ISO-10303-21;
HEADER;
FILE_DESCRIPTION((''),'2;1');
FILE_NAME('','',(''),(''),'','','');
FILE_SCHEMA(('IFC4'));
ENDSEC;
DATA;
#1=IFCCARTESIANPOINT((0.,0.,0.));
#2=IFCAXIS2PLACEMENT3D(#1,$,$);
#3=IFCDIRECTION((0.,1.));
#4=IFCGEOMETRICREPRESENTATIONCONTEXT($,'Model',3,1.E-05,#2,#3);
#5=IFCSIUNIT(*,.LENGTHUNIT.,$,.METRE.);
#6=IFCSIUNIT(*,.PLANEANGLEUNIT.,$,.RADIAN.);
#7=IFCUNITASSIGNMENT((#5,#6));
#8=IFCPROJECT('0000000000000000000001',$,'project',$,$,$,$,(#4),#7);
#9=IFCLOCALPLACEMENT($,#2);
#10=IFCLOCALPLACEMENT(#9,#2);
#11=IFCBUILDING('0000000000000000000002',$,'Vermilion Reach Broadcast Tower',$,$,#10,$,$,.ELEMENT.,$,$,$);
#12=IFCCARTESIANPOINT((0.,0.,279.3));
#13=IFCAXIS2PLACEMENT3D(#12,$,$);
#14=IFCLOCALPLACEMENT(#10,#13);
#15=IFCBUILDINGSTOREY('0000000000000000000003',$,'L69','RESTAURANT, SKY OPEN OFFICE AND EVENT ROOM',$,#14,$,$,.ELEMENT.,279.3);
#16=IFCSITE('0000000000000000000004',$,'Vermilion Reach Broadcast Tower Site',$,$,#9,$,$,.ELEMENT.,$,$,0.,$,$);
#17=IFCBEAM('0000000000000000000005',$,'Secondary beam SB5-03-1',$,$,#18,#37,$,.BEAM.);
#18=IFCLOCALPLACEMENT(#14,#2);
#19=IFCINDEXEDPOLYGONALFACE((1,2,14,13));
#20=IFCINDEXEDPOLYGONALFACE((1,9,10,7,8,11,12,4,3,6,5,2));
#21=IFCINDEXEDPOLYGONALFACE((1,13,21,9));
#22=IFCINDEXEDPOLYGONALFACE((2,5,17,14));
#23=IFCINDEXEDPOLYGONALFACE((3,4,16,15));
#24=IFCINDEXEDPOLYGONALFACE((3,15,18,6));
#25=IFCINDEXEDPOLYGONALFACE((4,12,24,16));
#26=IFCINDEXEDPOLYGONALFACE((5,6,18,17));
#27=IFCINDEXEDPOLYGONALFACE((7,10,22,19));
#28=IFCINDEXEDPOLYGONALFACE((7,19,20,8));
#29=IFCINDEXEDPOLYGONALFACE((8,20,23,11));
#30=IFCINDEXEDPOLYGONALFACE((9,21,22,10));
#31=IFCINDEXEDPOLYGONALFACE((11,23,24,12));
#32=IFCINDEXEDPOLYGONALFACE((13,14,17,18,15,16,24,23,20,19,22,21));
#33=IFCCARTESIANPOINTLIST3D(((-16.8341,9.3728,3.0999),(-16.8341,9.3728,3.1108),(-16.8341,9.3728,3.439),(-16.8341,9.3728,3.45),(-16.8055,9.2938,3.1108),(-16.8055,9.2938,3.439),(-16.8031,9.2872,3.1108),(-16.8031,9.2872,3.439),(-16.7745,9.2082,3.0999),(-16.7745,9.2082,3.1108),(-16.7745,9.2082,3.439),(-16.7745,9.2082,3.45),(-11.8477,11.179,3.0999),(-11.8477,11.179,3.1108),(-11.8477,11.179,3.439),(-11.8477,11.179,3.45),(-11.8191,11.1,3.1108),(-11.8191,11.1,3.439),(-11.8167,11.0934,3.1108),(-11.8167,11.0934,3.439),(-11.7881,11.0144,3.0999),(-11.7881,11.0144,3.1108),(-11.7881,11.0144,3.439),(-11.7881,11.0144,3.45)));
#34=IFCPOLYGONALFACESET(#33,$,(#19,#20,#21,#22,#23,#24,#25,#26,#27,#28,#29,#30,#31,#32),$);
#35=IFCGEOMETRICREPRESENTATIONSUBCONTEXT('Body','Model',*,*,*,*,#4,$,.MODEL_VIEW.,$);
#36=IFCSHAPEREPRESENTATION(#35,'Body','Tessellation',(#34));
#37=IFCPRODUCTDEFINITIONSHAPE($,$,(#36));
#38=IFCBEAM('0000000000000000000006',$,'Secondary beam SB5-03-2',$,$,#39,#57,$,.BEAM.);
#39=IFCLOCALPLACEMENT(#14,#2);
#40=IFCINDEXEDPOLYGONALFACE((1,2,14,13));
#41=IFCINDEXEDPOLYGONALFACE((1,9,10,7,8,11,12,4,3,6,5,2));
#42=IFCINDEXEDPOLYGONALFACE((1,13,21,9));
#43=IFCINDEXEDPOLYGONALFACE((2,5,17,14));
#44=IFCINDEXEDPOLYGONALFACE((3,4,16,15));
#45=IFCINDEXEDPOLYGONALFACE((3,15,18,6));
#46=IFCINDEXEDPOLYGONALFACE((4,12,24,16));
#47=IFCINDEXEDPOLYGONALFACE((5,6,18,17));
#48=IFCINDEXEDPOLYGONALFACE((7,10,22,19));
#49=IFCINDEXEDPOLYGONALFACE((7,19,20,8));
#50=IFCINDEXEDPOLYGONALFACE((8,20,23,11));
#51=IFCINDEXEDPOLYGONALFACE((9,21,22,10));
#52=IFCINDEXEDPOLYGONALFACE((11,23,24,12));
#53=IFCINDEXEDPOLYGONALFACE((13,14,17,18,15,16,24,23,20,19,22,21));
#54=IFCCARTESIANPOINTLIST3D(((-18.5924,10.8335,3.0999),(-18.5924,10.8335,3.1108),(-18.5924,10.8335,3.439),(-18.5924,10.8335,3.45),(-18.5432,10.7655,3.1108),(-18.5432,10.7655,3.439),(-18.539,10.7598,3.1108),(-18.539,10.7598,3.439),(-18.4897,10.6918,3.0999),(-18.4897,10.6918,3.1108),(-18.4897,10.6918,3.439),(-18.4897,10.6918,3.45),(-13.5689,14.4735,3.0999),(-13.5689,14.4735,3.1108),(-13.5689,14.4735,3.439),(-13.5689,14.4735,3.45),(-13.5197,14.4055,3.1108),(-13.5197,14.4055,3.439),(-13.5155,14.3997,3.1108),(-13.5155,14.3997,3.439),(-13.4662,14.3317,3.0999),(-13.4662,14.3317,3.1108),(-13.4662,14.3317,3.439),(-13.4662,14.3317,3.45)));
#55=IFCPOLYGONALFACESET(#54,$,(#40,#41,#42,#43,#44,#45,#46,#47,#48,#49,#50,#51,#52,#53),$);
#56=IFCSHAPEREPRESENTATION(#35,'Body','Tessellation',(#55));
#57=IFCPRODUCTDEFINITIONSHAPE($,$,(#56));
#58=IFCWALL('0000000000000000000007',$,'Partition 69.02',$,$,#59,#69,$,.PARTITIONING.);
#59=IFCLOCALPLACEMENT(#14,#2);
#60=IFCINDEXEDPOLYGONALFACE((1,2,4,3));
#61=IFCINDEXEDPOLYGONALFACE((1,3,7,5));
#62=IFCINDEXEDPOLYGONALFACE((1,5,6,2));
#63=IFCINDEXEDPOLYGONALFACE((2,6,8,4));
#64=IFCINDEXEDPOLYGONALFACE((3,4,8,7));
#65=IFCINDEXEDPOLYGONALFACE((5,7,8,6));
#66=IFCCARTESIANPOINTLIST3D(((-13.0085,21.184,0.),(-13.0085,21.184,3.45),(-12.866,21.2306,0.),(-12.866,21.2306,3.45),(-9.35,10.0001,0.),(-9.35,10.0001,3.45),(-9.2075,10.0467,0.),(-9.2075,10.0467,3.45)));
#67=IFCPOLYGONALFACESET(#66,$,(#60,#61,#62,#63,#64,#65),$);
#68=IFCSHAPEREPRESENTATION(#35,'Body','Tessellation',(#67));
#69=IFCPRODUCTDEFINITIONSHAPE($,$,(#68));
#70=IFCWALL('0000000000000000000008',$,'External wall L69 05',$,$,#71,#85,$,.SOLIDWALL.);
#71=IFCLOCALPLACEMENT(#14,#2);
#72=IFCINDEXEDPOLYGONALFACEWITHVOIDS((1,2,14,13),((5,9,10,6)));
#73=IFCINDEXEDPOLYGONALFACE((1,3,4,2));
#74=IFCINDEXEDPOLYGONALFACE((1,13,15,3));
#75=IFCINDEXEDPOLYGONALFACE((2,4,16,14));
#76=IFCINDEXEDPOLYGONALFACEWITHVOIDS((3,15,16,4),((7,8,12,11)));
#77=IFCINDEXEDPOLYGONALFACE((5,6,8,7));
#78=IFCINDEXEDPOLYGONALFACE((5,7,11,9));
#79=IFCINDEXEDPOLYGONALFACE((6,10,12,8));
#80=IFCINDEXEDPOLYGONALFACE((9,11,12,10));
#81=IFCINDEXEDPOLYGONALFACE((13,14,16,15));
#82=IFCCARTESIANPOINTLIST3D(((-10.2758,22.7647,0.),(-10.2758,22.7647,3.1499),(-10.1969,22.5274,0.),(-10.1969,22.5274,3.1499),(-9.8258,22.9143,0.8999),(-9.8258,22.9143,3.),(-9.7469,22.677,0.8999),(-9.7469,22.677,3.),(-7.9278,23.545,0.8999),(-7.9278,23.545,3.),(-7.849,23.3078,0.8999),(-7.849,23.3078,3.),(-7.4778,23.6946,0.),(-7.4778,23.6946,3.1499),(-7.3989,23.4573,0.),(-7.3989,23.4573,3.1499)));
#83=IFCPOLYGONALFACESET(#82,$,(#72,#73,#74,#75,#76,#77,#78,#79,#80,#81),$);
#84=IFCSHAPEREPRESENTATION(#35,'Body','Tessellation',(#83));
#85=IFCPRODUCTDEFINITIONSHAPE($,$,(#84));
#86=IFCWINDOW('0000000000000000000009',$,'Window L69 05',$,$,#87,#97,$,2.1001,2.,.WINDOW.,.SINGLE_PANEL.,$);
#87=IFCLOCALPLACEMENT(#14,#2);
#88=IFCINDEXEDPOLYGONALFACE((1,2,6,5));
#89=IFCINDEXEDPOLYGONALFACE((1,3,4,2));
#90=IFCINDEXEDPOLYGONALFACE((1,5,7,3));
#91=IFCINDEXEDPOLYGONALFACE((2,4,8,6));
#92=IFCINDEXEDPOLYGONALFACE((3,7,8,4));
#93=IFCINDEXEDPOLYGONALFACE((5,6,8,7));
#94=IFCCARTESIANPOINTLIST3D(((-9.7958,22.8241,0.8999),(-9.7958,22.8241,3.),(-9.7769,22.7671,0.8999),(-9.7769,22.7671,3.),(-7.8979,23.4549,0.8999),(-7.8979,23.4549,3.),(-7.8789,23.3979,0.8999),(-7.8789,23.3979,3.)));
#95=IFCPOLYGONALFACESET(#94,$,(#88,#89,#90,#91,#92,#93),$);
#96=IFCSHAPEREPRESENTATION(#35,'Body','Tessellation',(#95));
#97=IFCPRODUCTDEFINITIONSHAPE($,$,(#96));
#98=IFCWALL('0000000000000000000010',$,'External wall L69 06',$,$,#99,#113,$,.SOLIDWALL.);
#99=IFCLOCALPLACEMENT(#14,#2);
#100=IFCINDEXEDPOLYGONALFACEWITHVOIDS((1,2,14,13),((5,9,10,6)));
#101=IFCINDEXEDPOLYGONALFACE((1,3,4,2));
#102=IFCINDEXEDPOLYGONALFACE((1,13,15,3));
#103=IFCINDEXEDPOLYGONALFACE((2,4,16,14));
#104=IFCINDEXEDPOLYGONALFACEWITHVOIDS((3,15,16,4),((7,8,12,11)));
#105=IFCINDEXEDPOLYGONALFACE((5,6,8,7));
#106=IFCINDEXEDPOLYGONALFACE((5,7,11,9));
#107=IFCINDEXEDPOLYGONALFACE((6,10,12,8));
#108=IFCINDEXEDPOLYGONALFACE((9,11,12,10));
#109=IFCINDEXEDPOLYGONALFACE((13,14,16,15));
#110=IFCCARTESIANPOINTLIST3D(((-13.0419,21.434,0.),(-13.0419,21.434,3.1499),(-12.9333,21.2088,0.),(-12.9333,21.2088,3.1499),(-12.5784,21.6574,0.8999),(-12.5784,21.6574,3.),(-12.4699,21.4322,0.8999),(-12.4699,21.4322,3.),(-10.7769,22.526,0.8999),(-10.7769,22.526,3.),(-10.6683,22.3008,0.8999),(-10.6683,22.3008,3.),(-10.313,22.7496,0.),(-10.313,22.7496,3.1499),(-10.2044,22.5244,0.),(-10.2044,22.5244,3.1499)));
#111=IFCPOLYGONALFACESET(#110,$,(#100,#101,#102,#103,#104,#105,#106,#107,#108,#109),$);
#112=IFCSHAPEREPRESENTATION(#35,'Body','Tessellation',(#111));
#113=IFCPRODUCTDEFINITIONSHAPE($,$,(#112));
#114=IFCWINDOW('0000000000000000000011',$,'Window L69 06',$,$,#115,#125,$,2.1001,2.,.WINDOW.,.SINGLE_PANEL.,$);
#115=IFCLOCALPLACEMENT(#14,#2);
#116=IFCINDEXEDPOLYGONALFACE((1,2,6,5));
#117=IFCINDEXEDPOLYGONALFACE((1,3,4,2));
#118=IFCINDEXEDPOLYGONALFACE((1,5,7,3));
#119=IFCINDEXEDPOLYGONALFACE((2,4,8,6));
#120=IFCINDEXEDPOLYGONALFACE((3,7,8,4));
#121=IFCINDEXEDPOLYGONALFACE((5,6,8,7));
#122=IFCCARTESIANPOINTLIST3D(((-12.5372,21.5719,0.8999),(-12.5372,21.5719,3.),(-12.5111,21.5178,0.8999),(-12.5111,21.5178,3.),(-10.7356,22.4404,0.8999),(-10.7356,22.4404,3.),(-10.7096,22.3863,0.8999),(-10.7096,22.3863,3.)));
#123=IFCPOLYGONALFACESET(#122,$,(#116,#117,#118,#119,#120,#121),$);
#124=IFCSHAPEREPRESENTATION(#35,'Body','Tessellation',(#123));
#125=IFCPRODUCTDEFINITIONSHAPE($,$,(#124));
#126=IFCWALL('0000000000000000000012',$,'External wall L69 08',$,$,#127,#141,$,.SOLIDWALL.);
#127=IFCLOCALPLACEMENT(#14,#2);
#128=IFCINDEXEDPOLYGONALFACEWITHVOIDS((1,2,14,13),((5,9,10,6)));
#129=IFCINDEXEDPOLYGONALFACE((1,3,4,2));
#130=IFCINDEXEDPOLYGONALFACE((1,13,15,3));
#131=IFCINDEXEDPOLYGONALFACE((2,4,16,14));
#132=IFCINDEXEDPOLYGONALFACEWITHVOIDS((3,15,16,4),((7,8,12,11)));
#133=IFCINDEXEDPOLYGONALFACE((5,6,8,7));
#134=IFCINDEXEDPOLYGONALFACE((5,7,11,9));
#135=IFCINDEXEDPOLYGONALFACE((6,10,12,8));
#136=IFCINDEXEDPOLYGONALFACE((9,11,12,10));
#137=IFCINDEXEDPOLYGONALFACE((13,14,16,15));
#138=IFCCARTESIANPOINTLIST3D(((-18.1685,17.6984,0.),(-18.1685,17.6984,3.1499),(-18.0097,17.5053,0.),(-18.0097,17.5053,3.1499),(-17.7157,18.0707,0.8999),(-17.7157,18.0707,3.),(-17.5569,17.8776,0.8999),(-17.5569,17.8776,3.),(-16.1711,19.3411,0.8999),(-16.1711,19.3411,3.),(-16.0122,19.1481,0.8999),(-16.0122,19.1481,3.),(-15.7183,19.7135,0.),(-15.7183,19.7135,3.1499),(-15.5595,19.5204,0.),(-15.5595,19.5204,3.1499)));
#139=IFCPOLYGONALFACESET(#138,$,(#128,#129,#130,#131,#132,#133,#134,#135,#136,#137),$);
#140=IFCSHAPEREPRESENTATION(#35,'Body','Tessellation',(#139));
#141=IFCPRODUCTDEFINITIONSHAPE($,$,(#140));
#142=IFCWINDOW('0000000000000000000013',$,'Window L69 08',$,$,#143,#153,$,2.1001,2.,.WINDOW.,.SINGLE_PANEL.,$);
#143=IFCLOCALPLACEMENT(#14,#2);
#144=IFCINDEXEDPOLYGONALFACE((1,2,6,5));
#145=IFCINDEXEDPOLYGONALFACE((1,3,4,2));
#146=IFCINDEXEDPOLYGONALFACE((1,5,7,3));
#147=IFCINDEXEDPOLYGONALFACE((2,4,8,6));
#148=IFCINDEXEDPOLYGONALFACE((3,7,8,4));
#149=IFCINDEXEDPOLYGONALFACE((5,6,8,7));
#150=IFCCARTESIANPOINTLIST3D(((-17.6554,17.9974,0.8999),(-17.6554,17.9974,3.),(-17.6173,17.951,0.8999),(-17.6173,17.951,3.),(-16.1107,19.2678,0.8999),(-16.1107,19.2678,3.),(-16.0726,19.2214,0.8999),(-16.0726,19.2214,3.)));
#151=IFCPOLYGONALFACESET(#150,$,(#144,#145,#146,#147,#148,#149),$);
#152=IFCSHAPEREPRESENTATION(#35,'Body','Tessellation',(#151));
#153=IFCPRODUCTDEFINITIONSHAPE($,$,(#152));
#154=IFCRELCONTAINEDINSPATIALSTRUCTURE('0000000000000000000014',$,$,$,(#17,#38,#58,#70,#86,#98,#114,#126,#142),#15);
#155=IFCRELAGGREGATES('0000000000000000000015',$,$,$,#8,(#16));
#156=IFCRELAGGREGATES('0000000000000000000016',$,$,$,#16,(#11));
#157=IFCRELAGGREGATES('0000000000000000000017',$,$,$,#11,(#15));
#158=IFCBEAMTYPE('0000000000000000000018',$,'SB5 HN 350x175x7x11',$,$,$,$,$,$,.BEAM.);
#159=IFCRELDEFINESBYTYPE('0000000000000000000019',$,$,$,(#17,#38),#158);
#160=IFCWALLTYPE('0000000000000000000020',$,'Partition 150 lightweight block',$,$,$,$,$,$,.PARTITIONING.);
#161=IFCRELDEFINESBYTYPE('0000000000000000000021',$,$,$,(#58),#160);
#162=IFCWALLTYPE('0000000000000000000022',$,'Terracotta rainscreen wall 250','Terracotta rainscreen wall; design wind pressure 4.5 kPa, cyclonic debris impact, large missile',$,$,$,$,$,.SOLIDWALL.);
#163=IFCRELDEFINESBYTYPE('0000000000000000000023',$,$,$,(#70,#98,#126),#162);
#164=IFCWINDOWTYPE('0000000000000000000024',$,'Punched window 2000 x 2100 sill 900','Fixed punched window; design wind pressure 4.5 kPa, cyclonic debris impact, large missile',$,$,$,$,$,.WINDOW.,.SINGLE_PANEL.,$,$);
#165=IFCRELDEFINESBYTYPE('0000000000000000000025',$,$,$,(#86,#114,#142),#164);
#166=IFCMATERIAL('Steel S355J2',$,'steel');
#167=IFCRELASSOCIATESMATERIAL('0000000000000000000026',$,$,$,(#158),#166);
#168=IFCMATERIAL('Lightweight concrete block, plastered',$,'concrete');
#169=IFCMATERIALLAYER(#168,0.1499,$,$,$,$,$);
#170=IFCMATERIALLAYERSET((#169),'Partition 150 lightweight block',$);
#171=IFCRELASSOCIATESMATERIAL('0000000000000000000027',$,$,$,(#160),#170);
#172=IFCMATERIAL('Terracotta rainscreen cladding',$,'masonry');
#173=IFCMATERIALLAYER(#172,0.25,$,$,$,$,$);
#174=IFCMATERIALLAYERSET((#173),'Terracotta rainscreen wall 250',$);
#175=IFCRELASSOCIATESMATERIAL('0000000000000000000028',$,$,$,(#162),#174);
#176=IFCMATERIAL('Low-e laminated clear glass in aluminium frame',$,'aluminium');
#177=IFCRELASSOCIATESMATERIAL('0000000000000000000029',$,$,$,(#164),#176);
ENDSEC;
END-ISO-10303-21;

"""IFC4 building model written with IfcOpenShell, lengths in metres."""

from ifc_helpers import new_model, si_unit, direction, frame, frame_2d, origin, origin_2d, place, context, subcontext, project, spatial, rectangle, i_section, extrude, material, layer, layer_set, material_profile, profile_set, type_object, element, fill, save


model = new_model("IFC4")

# Units and contexts
model_context = context("Model", 3, precision=1e-05, world=origin(), true_north=direction((0.0, 1.0)))
body_context = subcontext(model_context, "Body", "Model", "MODEL_VIEW")
ifc_project = project(units=[si_unit("LENGTHUNIT", "METRE"), si_unit("PLANEANGLEUNIT", "RADIAN")], contexts=[model_context])

# Site, building, storey
site_placement = place(None, origin())
site = spatial("IfcSite", under=ifc_project, at=site_placement, Name="Vermilion Reach Broadcast Tower Site", CompositionType="ELEMENT", RefElevation=0.0)
building_placement = place(site_placement, origin())
building = spatial("IfcBuilding", under=site, at=building_placement, Name="Vermilion Reach Broadcast Tower", CompositionType="ELEMENT")
storey_placement = place(building_placement, frame((0.0, 0.0, 279.3)))
storey = spatial("IfcBuildingStorey", under=building, at=storey_placement, Name="L69", Description="RESTAURANT, SKY OPEN OFFICE AND EVENT ROOM", CompositionType="ELEMENT", Elevation=279.3)

# Beams
ifc_material_1 = material(Name="Steel S355J2", Category="steel")
ifc_material_profile_1 = material_profile(ifc_material_1, i_section(OverallWidth=0.175, OverallDepth=0.3501, WebThickness=0.0071, FlangeThickness=0.011, at=origin_2d()), Name="S355J2 HN 350x175x7x11")
ifc_profile_set_1 = profile_set([ifc_material_profile_1], Name="Steel S355J2")
beam_type_1 = type_object("IfcBeamType", Name="SB5 HN 350x175x7x11", PredefinedType="BEAM", material=ifc_profile_set_1)
beam_1_placement = place(storey_placement, frame((-11.8179, 11.0967, 3.2749), z_axis=(-0.94022, -0.340567, 0.0), x_axis=(0.340567, -0.94022, 0.0)))
element("IfcBeam", 1, at=beam_1_placement, inside=storey, type_object=beam_type_1, Name="Secondary beam SB5-03-1", PredefinedType="BEAM", context=body_context, shape_type="SweptSolid", body=[
    extrude(i_section(OverallWidth=0.175, OverallDepth=0.3501, WebThickness=0.0071, FlangeThickness=0.011, at=origin_2d()), origin(), (0.0, 0.0, 1.0), 5.3035),
])
beam_2_placement = place(storey_placement, frame((-13.5176, 14.4026, 3.2749), z_axis=(-0.809771, -0.586746, 0.0), x_axis=(0.586746, -0.809771, 0.0)))
element("IfcBeam", 2, at=beam_2_placement, inside=storey, type_object=beam_type_1, Name="Secondary beam SB5-03-2", PredefinedType="BEAM", context=body_context, shape_type="SweptSolid", body=[
    extrude(i_section(OverallWidth=0.175, OverallDepth=0.3501, WebThickness=0.0071, FlangeThickness=0.011, at=origin_2d()), origin(), (0.0, 0.0, 1.0), 6.2036),
])

# Wall
ifc_material_2 = material(Name="Lightweight concrete block, plastered", Category="concrete")
ifc_layer_1 = layer(ifc_material_2, 0.1499)
ifc_layer_set_1 = layer_set([ifc_layer_1], Name="Partition 150 lightweight block")
wall_type_1 = type_object("IfcWallType", Name="Partition 150 lightweight block", PredefinedType="PARTITIONING", material=ifc_layer_set_1)
wall_1_placement = place(storey_placement, frame((-12.9373, 21.2073, 0.0), z_axis=(0.0, 0.0, 1.0), x_axis=(0.310907, -0.95044, 0.0)))
element("IfcWall", 3, at=wall_1_placement, inside=storey, type_object=wall_type_1, Name="Partition 69.02", PredefinedType="PARTITIONING", context=body_context, shape_type="SweptSolid", body=[
    extrude(rectangle(XDim=11.7671, YDim=0.1499, at=frame_2d((5.8835, 0.0))), origin(), (0.0, 0.0, 1.0), 3.45),
])

# Walls, openings, windows
ifc_material_3 = material(Name="Terracotta rainscreen cladding", Category="masonry")
ifc_layer_2 = layer(ifc_material_3, 0.25)
ifc_layer_set_2 = layer_set([ifc_layer_2], Name="Terracotta rainscreen wall 250")
wall_type_2 = type_object("IfcWallType", Name="Terracotta rainscreen wall 250", Description="Terracotta rainscreen wall; design wind pressure 4.5 kPa, cyclonic debris impact, large missile", PredefinedType="SOLIDWALL", material=ifc_layer_set_2)
wall_2_placement = place(storey_placement, frame((-7.4385, 23.5759, 0.0), z_axis=(0.0, 0.0, 1.0), x_axis=(-0.948964, -0.315383, 0.0)))
wall_2 = element("IfcWall", 4, at=wall_2_placement, inside=storey, type_object=wall_type_2, Name="External wall L69 05", PredefinedType="SOLIDWALL", context=body_context, shape_type="SweptSolid", body=[
    extrude(rectangle(XDim=2.9485, YDim=0.25, at=frame_2d((1.4741, 0.0))), origin(), (0.0, 0.0, 1.0), 3.1499),
])
opening_1_placement = place(wall_2_placement, frame((0.4741, 0.0, 0.8999)))
opening_1 = element("IfcOpeningElement", 5, at=opening_1_placement, cuts=wall_2, PredefinedType="OPENING", context=body_context, shape_type="SweptSolid", body=[
    extrude(rectangle(XDim=2.0, YDim=2.1001, at=frame_2d((1.0, 1.05))), frame((0.0, 0.135, 0.0), z_axis=(0.0, -1.0, 0.0), x_axis=(1.0, 0.0, 0.0)), (0.0, 0.0, 1.0), 0.27),
])
ifc_material_4 = material(Name="Low-e laminated clear glass in aluminium frame", Category="aluminium")
window_type = type_object("IfcWindowType", Name="Punched window 2000 x 2100 sill 900", Description="Fixed punched window; design wind pressure 4.5 kPa, cyclonic debris impact, large missile", PartitioningType="SINGLE_PANEL", PredefinedType="WINDOW", material=ifc_material_4)
window_1_placement = place(opening_1_placement, origin())
window_1 = element("IfcWindow", 6, at=window_1_placement, inside=storey, type_object=window_type, Name="Window L69 05", OverallHeight=2.1001, OverallWidth=2.0, PartitioningType="SINGLE_PANEL", PredefinedType="WINDOW", context=body_context, shape_type="SweptSolid", body=[
    extrude(rectangle(XDim=2.0, YDim=2.1001, at=frame_2d((1.0, 1.05))), frame((0.0, 0.03, 0.0), z_axis=(0.0, -1.0, 0.0), x_axis=(1.0, 0.0, 0.0)), (0.0, 0.0, 1.0), 0.0601),
])
fill(opening_1, window_1)
wall_3_placement = place(storey_placement, frame((-10.2588, 22.637, 0.0), z_axis=(0.0, 0.0, 1.0), x_axis=(-0.900781, -0.434273, 0.0)))
wall_3 = element("IfcWall", 7, at=wall_3_placement, inside=storey, type_object=wall_type_2, Name="External wall L69 06", PredefinedType="SOLIDWALL", context=body_context, shape_type="SweptSolid", body=[
    extrude(rectangle(XDim=3.0295, YDim=0.25, at=frame_2d((1.5146, 0.0))), origin(), (0.0, 0.0, 1.0), 3.1499),
])
opening_2_placement = place(wall_3_placement, frame((0.5149, 0.0, 0.8999)))
opening_2 = element("IfcOpeningElement", 8, at=opening_2_placement, cuts=wall_3, PredefinedType="OPENING", context=body_context, shape_type="SweptSolid", body=[
    extrude(rectangle(XDim=2.0, YDim=2.1001, at=frame_2d((1.0, 1.05))), frame((0.0, 0.135, 0.0), z_axis=(0.0, -1.0, 0.0), x_axis=(1.0, 0.0, 0.0)), (0.0, 0.0, 1.0), 0.27),
])
window_2_placement = place(opening_2_placement, origin())
window_2 = element("IfcWindow", 9, at=window_2_placement, inside=storey, type_object=window_type, Name="Window L69 06", OverallHeight=2.1001, OverallWidth=2.0, PartitioningType="SINGLE_PANEL", PredefinedType="WINDOW", context=body_context, shape_type="SweptSolid", body=[
    extrude(rectangle(XDim=2.0, YDim=2.1001, at=frame_2d((1.0, 1.05))), frame((0.0, 0.03, 0.0), z_axis=(0.0, -1.0, 0.0), x_axis=(1.0, 0.0, 0.0)), (0.0, 0.0, 1.0), 0.0601),
])
fill(opening_2, window_2)

# Wall, opening, window
wall_4_placement = place(storey_placement, frame((-15.6389, 19.6169, 0.0), z_axis=(0.0, 0.0, 1.0), x_axis=(-0.772343, -0.635205, 0.0)))
wall_4 = element("IfcWall", 10, at=wall_4_placement, inside=storey, type_object=wall_type_2, Name="External wall L69 08", PredefinedType="SOLIDWALL", context=body_context, shape_type="SweptSolid", body=[
    extrude(rectangle(XDim=3.1724, YDim=0.25, at=frame_2d((1.5862, 0.0))), origin(), (0.0, 0.0, 1.0), 3.1499),
])
opening_3_placement = place(wall_4_placement, frame((0.5862, 0.0, 0.8999)))
opening_3 = element("IfcOpeningElement", 11, at=opening_3_placement, cuts=wall_4, PredefinedType="OPENING", context=body_context, shape_type="SweptSolid", body=[
    extrude(rectangle(XDim=2.0, YDim=2.1001, at=frame_2d((1.0, 1.05))), frame((0.0, 0.135, 0.0), z_axis=(0.0, -1.0, 0.0), x_axis=(1.0, 0.0, 0.0)), (0.0, 0.0, 1.0), 0.27),
])
window_3_placement = place(opening_3_placement, origin())
window_3 = element("IfcWindow", 12, at=window_3_placement, inside=storey, type_object=window_type, Name="Window L69 08", OverallHeight=2.1001, OverallWidth=2.0, PartitioningType="SINGLE_PANEL", PredefinedType="WINDOW", context=body_context, shape_type="SweptSolid", body=[
    extrude(rectangle(XDim=2.0, YDim=2.1001, at=frame_2d((1.0, 1.05))), frame((0.0, 0.03, 0.0), z_axis=(0.0, -1.0, 0.0), x_axis=(1.0, 0.0, 0.0)), (0.0, 0.0, 1.0), 0.0601),
])
fill(opening_3, window_3)

save(model, "model.ifc")
